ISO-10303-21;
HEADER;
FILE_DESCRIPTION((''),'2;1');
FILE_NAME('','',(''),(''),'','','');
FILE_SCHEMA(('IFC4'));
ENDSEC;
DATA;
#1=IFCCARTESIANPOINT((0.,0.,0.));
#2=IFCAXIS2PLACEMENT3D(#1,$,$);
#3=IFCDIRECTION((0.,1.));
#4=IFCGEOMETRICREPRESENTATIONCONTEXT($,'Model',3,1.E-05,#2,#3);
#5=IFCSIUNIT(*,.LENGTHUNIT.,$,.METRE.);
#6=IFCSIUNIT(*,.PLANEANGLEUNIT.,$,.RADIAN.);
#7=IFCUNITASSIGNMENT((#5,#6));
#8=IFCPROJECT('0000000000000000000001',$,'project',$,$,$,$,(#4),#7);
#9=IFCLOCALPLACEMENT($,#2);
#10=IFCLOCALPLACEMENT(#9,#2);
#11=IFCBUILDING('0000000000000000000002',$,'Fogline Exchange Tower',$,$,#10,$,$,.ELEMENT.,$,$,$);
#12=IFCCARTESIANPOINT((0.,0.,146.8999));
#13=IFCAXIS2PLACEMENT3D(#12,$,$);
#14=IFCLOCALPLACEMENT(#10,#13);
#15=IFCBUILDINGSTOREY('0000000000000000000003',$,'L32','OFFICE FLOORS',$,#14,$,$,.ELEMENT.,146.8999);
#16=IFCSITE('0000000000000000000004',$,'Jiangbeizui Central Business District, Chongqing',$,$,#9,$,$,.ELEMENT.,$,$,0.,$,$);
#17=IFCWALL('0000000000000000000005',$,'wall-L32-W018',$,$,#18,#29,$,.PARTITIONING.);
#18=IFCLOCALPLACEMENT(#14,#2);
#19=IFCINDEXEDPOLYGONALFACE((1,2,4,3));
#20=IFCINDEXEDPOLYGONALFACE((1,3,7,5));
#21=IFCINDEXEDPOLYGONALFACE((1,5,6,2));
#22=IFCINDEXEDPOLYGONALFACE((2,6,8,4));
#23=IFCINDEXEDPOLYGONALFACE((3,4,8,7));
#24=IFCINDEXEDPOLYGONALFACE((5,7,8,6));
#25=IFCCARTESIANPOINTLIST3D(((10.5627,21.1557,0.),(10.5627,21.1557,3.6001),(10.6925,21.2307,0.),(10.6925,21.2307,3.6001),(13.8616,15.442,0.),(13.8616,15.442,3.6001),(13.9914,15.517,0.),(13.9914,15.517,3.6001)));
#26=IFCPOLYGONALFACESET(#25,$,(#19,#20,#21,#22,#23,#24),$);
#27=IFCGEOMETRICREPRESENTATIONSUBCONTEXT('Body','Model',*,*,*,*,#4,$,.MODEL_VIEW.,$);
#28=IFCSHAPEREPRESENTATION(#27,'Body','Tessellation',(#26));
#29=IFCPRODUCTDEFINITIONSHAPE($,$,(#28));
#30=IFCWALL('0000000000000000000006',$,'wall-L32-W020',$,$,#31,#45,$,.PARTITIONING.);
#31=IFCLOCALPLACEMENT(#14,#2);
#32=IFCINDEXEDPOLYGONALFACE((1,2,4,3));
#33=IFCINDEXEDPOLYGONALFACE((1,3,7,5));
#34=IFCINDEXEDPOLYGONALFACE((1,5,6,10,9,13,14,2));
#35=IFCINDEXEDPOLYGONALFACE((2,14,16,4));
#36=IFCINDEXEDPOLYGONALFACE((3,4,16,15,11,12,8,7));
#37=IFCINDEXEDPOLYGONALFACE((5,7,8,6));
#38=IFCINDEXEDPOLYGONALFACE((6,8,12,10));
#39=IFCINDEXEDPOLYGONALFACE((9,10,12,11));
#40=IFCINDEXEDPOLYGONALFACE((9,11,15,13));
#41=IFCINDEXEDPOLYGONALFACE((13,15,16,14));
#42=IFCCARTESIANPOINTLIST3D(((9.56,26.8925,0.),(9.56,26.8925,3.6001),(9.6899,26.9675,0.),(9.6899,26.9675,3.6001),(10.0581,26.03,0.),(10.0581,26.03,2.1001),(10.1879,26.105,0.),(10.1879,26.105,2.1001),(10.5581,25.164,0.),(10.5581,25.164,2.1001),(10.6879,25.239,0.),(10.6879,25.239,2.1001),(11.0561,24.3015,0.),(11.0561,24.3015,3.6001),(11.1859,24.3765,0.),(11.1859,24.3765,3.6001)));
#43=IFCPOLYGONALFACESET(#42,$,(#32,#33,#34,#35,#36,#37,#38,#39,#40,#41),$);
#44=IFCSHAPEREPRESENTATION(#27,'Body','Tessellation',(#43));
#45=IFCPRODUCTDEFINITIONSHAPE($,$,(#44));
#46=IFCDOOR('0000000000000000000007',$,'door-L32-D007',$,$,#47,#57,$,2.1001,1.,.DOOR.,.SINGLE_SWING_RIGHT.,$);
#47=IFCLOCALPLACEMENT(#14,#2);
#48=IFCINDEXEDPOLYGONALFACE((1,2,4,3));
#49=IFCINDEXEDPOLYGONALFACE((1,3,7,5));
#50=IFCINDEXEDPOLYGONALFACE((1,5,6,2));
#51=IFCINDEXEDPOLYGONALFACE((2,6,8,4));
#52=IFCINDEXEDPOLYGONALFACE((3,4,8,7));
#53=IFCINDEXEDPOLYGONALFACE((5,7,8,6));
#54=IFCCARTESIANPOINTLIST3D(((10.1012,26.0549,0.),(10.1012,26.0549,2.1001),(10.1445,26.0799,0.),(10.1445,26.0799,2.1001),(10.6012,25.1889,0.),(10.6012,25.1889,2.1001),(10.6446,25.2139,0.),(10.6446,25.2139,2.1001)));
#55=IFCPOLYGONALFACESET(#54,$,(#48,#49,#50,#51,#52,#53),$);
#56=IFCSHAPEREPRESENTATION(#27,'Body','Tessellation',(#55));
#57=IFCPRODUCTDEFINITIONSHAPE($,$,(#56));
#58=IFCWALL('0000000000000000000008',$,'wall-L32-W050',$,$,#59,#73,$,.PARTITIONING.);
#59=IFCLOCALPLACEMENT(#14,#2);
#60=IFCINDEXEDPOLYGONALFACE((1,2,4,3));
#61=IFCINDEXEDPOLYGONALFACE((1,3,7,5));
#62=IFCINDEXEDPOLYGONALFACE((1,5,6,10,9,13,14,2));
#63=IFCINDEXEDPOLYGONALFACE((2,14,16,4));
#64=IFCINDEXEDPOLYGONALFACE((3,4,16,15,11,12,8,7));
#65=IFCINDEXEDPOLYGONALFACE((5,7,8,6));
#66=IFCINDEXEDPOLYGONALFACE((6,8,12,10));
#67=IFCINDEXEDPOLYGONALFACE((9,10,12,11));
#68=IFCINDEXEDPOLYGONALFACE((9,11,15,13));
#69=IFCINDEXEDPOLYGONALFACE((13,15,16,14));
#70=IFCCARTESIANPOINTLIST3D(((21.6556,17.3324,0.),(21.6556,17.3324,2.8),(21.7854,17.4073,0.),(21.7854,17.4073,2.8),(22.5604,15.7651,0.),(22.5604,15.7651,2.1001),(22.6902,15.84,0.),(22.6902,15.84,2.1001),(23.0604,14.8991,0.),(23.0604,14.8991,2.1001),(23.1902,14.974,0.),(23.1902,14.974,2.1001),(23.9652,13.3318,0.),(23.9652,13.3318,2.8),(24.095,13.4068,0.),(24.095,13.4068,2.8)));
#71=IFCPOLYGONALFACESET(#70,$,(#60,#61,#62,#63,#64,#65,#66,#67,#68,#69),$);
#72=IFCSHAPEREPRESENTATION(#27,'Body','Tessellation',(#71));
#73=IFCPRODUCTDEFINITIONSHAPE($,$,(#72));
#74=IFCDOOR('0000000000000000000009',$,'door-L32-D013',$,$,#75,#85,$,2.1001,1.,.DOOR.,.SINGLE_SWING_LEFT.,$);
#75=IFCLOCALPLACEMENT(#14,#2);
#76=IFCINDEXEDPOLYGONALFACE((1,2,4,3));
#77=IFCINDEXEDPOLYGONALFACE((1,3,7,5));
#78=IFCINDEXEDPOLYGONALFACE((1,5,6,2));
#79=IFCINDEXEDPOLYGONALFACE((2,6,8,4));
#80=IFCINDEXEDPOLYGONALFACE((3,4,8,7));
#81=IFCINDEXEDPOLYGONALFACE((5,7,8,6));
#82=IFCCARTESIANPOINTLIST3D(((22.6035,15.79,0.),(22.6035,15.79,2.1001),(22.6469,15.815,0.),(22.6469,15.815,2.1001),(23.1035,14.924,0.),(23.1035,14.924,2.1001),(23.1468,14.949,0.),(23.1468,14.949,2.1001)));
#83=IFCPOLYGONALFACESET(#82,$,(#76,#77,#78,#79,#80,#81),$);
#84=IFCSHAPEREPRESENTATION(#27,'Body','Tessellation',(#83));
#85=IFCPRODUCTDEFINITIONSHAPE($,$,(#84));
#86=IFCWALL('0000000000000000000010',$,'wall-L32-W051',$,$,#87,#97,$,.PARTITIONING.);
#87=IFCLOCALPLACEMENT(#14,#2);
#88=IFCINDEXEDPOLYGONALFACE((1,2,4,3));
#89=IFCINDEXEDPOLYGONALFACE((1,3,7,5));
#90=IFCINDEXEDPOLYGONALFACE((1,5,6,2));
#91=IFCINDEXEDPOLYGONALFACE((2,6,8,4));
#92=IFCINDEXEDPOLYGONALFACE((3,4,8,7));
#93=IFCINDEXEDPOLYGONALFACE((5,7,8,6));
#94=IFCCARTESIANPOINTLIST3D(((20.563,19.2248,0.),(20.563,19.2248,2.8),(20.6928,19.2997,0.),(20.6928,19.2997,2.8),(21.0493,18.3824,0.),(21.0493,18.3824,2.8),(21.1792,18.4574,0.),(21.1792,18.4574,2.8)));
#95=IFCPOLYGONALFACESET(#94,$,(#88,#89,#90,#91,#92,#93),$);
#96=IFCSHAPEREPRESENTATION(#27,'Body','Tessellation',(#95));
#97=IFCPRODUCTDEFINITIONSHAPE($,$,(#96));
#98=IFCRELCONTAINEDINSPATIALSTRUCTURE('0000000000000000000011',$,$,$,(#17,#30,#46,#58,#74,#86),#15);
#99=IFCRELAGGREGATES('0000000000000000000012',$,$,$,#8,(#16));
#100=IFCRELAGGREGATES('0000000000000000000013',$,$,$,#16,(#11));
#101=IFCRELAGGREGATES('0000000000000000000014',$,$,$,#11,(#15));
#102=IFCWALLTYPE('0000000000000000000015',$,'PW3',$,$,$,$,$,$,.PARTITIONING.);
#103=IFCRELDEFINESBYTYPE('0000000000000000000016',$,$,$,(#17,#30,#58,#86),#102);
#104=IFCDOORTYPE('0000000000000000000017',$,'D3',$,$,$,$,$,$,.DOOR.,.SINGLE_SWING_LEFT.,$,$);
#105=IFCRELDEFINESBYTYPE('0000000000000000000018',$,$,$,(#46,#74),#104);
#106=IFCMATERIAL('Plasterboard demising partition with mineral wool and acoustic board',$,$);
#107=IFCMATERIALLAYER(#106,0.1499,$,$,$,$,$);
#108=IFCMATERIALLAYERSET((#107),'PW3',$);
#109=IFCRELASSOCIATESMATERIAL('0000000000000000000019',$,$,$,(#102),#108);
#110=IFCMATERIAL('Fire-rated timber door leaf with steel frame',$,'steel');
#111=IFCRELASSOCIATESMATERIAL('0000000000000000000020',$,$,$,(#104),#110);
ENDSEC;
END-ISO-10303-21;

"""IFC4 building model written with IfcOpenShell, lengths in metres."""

from ifc_helpers import new_model, si_unit, direction, frame, frame_2d, origin, place, context, subcontext, project, spatial, rectangle, extrude, material, layer, layer_set, type_object, element, fill, save


model = new_model("IFC4")

# Units and contexts
model_context = context("Model", 3, precision=1e-05, world=origin(), true_north=direction((0.0, 1.0)))
body_context = subcontext(model_context, "Body", "Model", "MODEL_VIEW")
ifc_project = project(units=[si_unit("LENGTHUNIT", "METRE"), si_unit("PLANEANGLEUNIT", "RADIAN")], contexts=[model_context])

# Site, building, storey
site_placement = place(None, origin())
site = spatial("IfcSite", under=ifc_project, at=site_placement, Name="Jiangbeizui Central Business District, Chongqing", CompositionType="ELEMENT", RefElevation=0.0)
building_placement = place(site_placement, origin())
building = spatial("IfcBuilding", under=site, at=building_placement, Name="Fogline Exchange Tower", CompositionType="ELEMENT")
storey_placement = place(building_placement, frame((0.0, 0.0, 146.8999)))
storey = spatial("IfcBuildingStorey", under=building, at=storey_placement, Name="L32", Description="OFFICE FLOORS", CompositionType="ELEMENT", Elevation=146.8999)

# Shared definitions
ifc_material_1 = material(Name="Plasterboard demising partition with mineral wool and acoustic board")
ifc_layer_1 = layer(ifc_material_1, 0.1499)
ifc_layer_set_1 = layer_set([ifc_layer_1], Name="PW3")
wall_type_1 = type_object("IfcWallType", Name="PW3", PredefinedType="PARTITIONING", material=ifc_layer_set_1)

# Shared definitions
ifc_material_2 = material(Name="Fire-rated timber door leaf with steel frame", Category="steel")
door_type_1 = type_object("IfcDoorType", Name="D3", OperationType="SINGLE_SWING_LEFT", PredefinedType="DOOR", material=ifc_material_2)

# Wall
wall_1_placement = place(storey_placement, frame((13.9265, 15.4795, 0.0), z_axis=(0.0, 0.0, 1.0), x_axis=(-0.500008, 0.866021, 0.0)))
element("IfcWall", 1, at=wall_1_placement, inside=storey, type_object=wall_type_1, Name="wall-L32-W018", PredefinedType="PARTITIONING", context=body_context, shape_type="SweptSolid", body=[
    extrude(rectangle(XDim=6.5977, YDim=0.1499, at=frame_2d((3.2988, 0.0))), origin(), (0.0, 0.0, 1.0), 3.6001),
])

# Walls, openings, doors
wall_2_placement = place(storey_placement, frame((11.1211, 24.3389, 0.0), z_axis=(0.0, 0.0, 1.0), x_axis=(-0.500036, 0.866005, 0.0)))
wall_2 = element("IfcWall", 2, at=wall_2_placement, inside=storey, type_object=wall_type_1, Name="wall-L32-W020", PredefinedType="PARTITIONING", context=body_context, shape_type="SweptSolid", body=[
    extrude(rectangle(XDim=2.9919, YDim=0.1499, at=frame_2d((1.4961, 0.0))), origin(), (0.0, 0.0, 1.0), 3.6001),
])
opening_1_placement = place(wall_2_placement, frame((0.9961, 0.0, 0.0)))
opening_1 = element("IfcOpeningElement", 3, at=opening_1_placement, cuts=wall_2, PredefinedType="OPENING", context=body_context, shape_type="SweptSolid", body=[
    extrude(rectangle(XDim=1.0, YDim=2.1001, at=frame_2d((0.5, 1.05))), frame((0.0, 0.085, 0.0), z_axis=(0.0, -1.0, 0.0), x_axis=(1.0, 0.0, 0.0)), (0.0, 0.0, 1.0), 0.1699),
])
door_1_placement = place(opening_1_placement, frame((1.0, 0.0, 0.0), z_axis=(0.0, 0.0, 1.0), x_axis=(-1.0, 0.0, 0.0)))
door_1 = element("IfcDoor", 4, at=door_1_placement, inside=storey, type_object=door_type_1, Name="door-L32-D007", OperationType="SINGLE_SWING_RIGHT", OverallHeight=2.1001, OverallWidth=1.0, PredefinedType="DOOR", context=body_context, shape_type="SweptSolid", body=[
    extrude(rectangle(XDim=1.0, YDim=2.1001, at=frame_2d((0.5, 1.05))), frame((0.0, 0.0249, 0.0), z_axis=(0.0, -1.0, 0.0), x_axis=(1.0, 0.0, 0.0)), (0.0, 0.0, 1.0), 0.05),
])
fill(opening_1, door_1)
wall_3_placement = place(storey_placement, frame((24.03, 13.3694, 0.0), z_axis=(0.0, 0.0, 1.0), x_axis=(-0.499982, 0.866036, 0.0)))
wall_3 = element("IfcWall", 5, at=wall_3_placement, inside=storey, type_object=wall_type_1, Name="wall-L32-W050", PredefinedType="PARTITIONING", context=body_context, shape_type="SweptSolid", body=[
    extrude(rectangle(XDim=4.6194, YDim=0.1499, at=frame_2d((2.3096, 0.0))), origin(), (0.0, 0.0, 1.0), 2.8),
])
opening_2_placement = place(wall_3_placement, frame((1.8096, 0.0, 0.0)))
opening_2 = element("IfcOpeningElement", 6, at=opening_2_placement, cuts=wall_3, PredefinedType="OPENING", context=body_context, shape_type="SweptSolid", body=[
    extrude(rectangle(XDim=1.0, YDim=2.1001, at=frame_2d((0.5, 1.05))), frame((0.0, 0.085, 0.0), z_axis=(0.0, -1.0, 0.0), x_axis=(1.0, 0.0, 0.0)), (0.0, 0.0, 1.0), 0.1699),
])
door_2_placement = place(opening_2_placement, frame((1.0, 0.0, 0.0), z_axis=(0.0, 0.0, 1.0), x_axis=(-1.0, 0.0, 0.0)))
door_2 = element("IfcDoor", 7, at=door_2_placement, inside=storey, type_object=door_type_1, Name="door-L32-D013", OperationType="SINGLE_SWING_LEFT", OverallHeight=2.1001, OverallWidth=1.0, PredefinedType="DOOR", context=body_context, shape_type="SweptSolid", body=[
    extrude(rectangle(XDim=1.0, YDim=2.1001, at=frame_2d((0.5, 1.05))), frame((0.0, 0.0249, 0.0), z_axis=(0.0, -1.0, 0.0), x_axis=(1.0, 0.0, 0.0)), (0.0, 0.0, 1.0), 0.05),
])
fill(opening_2, door_2)

# Wall
wall_4_placement = place(storey_placement, frame((21.1143, 18.4199, 0.0), z_axis=(0.0, 0.0, 1.0), x_axis=(-0.500027, 0.86601, 0.0)))
element("IfcWall", 8, at=wall_4_placement, inside=storey, type_object=wall_type_1, Name="wall-L32-W051", PredefinedType="PARTITIONING", context=body_context, shape_type="SweptSolid", body=[
    extrude(rectangle(XDim=0.9727, YDim=0.1499, at=frame_2d((0.4863, 0.0))), origin(), (0.0, 0.0, 1.0), 2.8),
])

save(model, "model.ifc")
